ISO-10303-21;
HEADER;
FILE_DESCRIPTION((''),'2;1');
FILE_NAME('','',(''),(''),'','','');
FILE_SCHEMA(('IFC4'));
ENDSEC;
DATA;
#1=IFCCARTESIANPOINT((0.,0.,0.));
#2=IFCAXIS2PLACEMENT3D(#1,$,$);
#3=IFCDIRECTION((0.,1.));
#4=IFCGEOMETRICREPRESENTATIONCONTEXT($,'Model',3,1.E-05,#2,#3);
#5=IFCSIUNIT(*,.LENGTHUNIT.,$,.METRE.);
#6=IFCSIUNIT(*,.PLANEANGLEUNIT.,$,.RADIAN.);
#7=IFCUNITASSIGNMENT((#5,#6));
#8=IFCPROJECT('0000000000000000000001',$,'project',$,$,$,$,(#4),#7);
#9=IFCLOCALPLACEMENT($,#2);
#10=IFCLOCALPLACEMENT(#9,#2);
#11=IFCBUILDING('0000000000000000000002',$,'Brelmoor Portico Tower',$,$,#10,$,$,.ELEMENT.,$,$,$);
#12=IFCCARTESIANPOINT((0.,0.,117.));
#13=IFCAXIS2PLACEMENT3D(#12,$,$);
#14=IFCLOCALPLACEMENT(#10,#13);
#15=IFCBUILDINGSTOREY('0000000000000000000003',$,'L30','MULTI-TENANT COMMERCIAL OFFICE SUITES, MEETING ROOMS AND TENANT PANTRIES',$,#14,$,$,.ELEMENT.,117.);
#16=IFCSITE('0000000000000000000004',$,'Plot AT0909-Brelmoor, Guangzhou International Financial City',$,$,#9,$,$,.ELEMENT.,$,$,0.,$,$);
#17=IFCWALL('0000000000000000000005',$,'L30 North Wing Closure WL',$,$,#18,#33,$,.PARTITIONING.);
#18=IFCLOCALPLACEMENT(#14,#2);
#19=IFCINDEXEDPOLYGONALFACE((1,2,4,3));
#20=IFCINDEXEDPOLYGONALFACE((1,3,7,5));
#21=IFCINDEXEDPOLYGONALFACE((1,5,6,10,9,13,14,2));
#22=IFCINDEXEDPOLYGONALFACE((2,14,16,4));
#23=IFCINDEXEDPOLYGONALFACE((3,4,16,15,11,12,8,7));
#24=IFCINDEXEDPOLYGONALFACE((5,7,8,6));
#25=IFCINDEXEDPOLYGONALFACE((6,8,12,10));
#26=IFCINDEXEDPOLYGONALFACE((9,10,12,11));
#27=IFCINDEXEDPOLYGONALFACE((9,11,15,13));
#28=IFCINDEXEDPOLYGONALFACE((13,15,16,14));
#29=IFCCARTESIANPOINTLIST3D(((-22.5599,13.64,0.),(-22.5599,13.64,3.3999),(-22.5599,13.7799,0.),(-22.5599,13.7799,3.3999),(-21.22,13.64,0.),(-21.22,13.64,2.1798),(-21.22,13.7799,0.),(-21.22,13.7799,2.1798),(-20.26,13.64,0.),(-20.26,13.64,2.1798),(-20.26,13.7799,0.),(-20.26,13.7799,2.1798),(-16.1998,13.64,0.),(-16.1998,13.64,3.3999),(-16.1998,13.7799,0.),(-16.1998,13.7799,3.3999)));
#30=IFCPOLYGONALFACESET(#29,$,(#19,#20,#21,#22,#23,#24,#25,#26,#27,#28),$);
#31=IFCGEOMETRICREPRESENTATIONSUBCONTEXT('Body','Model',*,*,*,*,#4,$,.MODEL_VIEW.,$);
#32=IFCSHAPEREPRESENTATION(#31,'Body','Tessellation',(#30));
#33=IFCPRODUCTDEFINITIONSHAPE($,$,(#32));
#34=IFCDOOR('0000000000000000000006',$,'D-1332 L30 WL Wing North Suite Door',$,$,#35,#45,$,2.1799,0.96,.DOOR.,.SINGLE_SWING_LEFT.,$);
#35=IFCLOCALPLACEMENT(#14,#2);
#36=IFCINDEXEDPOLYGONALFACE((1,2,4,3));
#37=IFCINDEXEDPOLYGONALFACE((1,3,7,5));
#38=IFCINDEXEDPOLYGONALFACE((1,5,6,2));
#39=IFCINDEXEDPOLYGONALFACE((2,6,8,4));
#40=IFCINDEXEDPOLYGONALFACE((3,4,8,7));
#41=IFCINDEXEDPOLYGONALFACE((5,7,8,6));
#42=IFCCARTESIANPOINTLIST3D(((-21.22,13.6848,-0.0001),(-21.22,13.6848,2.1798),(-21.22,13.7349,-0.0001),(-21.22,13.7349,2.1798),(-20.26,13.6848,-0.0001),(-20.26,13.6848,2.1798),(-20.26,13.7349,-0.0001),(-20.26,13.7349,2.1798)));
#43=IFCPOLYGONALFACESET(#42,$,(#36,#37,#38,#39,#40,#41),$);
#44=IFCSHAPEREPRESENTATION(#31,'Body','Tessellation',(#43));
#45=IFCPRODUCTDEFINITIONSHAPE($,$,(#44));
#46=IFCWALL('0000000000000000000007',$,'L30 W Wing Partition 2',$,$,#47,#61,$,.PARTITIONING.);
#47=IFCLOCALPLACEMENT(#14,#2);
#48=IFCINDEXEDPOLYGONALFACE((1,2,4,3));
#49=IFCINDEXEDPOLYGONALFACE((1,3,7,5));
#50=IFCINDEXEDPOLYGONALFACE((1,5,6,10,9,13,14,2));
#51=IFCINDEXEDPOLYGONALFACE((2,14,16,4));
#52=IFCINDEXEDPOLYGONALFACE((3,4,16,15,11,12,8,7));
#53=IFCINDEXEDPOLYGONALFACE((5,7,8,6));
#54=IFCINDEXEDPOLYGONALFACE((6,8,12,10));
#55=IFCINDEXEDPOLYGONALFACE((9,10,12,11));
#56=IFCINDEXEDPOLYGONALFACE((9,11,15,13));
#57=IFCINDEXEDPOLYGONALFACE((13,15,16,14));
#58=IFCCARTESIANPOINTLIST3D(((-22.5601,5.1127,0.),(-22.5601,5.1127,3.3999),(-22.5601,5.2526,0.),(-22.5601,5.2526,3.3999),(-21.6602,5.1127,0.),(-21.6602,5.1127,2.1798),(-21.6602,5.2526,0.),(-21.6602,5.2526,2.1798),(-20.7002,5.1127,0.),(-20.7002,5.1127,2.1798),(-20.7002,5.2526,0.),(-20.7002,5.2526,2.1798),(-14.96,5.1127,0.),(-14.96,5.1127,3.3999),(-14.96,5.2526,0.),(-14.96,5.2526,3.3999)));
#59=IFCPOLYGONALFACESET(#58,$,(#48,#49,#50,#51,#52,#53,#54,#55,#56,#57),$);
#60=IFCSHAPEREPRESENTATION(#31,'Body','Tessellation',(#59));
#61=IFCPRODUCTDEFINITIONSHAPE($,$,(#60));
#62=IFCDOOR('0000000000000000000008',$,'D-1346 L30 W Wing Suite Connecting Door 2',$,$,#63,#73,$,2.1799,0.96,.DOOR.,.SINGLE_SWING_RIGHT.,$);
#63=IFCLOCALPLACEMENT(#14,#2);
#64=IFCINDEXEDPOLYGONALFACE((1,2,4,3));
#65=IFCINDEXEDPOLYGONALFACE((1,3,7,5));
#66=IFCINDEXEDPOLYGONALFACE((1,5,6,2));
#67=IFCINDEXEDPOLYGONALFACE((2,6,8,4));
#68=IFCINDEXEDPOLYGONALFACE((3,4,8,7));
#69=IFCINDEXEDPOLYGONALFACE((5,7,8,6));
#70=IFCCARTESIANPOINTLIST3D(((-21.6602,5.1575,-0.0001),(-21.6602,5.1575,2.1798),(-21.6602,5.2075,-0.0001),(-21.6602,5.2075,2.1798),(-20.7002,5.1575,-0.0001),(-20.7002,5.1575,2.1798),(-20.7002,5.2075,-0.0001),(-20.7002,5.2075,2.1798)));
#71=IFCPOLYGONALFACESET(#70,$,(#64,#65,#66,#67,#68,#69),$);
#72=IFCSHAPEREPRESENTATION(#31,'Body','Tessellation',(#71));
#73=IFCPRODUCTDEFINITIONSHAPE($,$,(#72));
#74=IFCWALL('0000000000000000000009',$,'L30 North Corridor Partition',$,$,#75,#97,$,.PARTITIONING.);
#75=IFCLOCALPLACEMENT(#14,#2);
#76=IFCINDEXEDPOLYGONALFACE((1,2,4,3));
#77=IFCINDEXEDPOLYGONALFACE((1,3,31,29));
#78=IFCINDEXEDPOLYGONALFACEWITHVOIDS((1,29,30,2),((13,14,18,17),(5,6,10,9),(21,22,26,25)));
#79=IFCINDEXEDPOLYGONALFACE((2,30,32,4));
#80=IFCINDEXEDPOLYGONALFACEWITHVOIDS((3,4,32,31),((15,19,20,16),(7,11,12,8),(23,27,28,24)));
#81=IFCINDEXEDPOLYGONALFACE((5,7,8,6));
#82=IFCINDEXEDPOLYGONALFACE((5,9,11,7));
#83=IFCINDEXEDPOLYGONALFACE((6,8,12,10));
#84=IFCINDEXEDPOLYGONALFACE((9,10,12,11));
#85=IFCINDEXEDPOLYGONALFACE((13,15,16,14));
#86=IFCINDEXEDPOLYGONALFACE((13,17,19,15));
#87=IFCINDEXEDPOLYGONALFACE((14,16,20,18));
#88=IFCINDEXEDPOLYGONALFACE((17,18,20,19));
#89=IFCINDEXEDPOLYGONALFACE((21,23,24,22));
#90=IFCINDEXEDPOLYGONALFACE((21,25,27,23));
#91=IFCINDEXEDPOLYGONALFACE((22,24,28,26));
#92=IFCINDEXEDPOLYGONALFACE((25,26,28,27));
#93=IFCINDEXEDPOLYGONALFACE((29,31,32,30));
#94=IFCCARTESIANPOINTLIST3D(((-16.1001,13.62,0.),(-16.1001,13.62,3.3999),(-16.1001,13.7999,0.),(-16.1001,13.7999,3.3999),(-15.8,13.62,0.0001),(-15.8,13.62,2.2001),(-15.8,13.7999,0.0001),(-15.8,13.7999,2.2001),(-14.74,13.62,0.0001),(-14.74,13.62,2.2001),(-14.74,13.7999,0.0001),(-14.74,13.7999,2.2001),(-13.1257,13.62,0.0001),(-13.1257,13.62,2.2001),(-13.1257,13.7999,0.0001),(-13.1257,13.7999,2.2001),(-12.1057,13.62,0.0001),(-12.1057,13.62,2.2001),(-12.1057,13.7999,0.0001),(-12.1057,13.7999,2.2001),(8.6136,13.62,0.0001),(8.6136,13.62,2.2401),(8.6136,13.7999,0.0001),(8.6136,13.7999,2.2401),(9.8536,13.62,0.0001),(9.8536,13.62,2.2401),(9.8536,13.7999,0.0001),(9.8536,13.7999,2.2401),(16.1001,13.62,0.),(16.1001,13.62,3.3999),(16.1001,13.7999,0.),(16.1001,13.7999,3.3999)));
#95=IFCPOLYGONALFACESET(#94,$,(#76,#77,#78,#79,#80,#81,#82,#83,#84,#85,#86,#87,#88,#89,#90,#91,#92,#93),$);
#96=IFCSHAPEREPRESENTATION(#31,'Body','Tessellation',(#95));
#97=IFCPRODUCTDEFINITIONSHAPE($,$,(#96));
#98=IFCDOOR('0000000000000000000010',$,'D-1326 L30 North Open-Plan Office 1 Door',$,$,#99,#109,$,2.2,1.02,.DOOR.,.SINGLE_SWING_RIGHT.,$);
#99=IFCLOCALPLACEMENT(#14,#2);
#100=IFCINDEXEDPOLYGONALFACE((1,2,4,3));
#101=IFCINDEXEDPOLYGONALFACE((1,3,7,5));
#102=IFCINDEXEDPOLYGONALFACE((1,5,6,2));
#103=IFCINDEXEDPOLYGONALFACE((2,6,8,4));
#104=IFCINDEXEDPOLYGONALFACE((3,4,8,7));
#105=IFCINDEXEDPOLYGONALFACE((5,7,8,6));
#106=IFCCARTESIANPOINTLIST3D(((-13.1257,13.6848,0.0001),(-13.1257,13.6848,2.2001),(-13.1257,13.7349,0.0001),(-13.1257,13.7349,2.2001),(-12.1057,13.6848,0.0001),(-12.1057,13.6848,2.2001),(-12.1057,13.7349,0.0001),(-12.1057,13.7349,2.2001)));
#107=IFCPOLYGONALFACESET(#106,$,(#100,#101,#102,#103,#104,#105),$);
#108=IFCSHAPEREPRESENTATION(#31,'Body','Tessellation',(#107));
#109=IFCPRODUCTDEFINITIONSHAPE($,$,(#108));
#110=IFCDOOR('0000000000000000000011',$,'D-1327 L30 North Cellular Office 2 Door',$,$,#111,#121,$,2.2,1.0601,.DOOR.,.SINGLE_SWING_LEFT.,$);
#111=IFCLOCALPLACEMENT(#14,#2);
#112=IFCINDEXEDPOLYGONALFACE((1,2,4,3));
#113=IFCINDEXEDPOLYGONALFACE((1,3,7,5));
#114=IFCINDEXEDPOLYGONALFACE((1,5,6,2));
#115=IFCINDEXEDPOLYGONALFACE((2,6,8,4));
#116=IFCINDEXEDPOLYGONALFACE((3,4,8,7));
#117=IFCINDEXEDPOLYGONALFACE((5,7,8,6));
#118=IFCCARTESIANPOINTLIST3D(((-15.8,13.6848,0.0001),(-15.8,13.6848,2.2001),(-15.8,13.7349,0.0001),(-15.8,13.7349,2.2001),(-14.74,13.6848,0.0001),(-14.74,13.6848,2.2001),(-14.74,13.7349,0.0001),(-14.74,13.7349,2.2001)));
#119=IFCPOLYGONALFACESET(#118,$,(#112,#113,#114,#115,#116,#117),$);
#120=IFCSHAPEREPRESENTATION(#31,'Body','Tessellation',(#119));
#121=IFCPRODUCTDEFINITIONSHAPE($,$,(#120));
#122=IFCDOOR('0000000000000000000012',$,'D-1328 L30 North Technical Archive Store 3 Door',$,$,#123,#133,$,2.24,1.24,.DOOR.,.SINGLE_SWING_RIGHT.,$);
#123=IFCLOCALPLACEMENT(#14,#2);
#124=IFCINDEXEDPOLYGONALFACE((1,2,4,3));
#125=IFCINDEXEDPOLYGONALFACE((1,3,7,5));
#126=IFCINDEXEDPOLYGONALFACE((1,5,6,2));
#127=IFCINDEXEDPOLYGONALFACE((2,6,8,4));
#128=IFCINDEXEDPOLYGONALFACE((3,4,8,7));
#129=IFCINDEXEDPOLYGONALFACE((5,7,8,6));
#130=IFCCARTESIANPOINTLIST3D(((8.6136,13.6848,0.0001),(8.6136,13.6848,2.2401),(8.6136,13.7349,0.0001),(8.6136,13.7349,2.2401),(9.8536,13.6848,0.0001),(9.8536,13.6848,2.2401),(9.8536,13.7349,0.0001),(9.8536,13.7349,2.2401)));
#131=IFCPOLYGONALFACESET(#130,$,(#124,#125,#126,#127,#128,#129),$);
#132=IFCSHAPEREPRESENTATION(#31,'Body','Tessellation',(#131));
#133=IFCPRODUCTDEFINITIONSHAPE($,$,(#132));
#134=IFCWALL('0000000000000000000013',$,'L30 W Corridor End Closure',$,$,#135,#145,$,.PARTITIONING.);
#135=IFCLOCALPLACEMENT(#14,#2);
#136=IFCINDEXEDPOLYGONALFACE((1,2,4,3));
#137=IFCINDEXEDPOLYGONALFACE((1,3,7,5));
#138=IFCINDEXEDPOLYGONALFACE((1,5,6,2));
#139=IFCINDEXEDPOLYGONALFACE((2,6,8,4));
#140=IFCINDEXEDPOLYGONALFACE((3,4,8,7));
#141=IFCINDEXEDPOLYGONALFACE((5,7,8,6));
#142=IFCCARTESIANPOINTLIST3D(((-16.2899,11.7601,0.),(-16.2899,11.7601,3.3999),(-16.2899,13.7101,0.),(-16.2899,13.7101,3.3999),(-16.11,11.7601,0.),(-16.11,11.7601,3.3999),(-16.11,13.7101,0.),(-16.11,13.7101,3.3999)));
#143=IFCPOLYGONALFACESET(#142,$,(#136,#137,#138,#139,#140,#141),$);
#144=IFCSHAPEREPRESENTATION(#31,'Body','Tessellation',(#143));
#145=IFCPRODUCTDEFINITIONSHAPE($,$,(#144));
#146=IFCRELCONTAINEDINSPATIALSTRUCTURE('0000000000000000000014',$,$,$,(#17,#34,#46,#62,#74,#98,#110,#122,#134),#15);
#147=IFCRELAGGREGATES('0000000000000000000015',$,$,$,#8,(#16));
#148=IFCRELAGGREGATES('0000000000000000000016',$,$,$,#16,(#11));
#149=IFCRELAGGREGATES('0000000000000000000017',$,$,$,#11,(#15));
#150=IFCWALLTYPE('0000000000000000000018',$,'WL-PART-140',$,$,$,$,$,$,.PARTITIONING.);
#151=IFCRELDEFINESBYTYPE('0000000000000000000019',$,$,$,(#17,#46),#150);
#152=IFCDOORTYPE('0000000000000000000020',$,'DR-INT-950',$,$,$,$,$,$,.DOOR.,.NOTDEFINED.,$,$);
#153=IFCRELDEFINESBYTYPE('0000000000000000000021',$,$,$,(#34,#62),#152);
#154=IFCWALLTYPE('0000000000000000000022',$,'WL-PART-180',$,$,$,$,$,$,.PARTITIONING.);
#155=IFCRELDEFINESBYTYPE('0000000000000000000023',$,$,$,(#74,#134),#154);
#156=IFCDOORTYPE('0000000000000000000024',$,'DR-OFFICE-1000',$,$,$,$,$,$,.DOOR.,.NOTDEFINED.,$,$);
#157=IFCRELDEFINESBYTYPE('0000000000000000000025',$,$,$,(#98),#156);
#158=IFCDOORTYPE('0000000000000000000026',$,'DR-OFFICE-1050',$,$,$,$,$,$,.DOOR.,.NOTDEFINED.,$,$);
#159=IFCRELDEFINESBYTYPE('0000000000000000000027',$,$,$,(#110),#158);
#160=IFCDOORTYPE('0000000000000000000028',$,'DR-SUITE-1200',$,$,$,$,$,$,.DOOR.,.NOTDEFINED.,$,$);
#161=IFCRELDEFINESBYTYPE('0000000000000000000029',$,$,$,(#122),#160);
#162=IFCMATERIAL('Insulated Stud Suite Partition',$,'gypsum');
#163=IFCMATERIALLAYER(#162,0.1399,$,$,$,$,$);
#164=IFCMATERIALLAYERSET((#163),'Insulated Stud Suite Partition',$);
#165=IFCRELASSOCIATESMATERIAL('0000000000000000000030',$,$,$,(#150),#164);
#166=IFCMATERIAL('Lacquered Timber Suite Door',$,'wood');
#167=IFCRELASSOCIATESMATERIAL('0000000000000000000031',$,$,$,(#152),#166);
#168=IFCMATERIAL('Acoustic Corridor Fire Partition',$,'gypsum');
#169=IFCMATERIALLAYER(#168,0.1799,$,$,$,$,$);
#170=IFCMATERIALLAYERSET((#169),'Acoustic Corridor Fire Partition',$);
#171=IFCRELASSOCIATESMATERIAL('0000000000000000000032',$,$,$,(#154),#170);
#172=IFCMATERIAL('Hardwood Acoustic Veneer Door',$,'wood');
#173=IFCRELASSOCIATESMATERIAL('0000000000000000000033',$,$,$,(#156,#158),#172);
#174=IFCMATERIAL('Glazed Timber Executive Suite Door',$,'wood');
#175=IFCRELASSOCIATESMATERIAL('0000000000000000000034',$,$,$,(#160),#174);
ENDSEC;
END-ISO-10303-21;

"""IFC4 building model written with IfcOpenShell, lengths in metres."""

from ifc_helpers import new_model, si_unit, direction, frame, frame_2d, origin, place, context, subcontext, project, spatial, rectangle, extrude, material, layer, layer_set, type_object, element, fill, save


model = new_model("IFC4")

# Units and contexts
model_context = context("Model", 3, precision=1e-05, world=origin(), true_north=direction((0.0, 1.0)))
body_context = subcontext(model_context, "Body", "Model", "MODEL_VIEW")
ifc_project = project(units=[si_unit("LENGTHUNIT", "METRE"), si_unit("PLANEANGLEUNIT", "RADIAN")], contexts=[model_context])

# Site, building, storey
site_placement = place(None, origin())
site = spatial("IfcSite", under=ifc_project, at=site_placement, Name="Plot AT0909-Brelmoor, Guangzhou International Financial City", CompositionType="ELEMENT", RefElevation=0.0)
building_placement = place(site_placement, origin())
building = spatial("IfcBuilding", under=site, at=building_placement, Name="Brelmoor Portico Tower", CompositionType="ELEMENT")
storey_placement = place(building_placement, frame((0.0, 0.0, 117.0)))
storey = spatial("IfcBuildingStorey", under=building, at=storey_placement, Name="L30", Description="MULTI-TENANT COMMERCIAL OFFICE SUITES, MEETING ROOMS AND TENANT PANTRIES", CompositionType="ELEMENT", Elevation=117.0)

# Walls, openings, doors
ifc_material_1 = material(Name="Insulated Stud Suite Partition", Category="gypsum")
ifc_layer_1 = layer(ifc_material_1, 0.1399)
ifc_layer_set_1 = layer_set([ifc_layer_1], Name="Insulated Stud Suite Partition")
wall_type_1 = type_object("IfcWallType", Name="WL-PART-140", PredefinedType="PARTITIONING", material=ifc_layer_set_1)
wall_1_placement = place(storey_placement, frame((-22.5601, 13.71, 0.0), z_axis=(0.0, 0.0, 1.0), x_axis=(1.0, 0.0, 0.0)))
wall_1 = element("IfcWall", 1, at=wall_1_placement, inside=storey, type_object=wall_type_1, Name="L30 North Wing Closure WL", PredefinedType="PARTITIONING", context=body_context, shape_type="SweptSolid", body=[
    extrude(rectangle(XDim=6.3601, YDim=0.1399, at=frame_2d((3.1802, 0.0))), origin(), (0.0, 0.0, 1.0), 3.3999),
])
opening_1_placement = place(wall_1_placement, frame((1.3401, 0.0, 0.0)))
opening_1 = element("IfcOpeningElement", 2, at=opening_1_placement, cuts=wall_1, PredefinedType="OPENING", context=body_context, shape_type="SweptSolid", body=[
    extrude(rectangle(XDim=0.96, YDim=2.1799, at=frame_2d((0.48, 1.0898))), frame((0.0, 0.0798, 0.0), z_axis=(0.0, -1.0, 0.0), x_axis=(1.0, 0.0, 0.0)), (0.0, 0.0, 1.0), 0.1599),
])
ifc_material_2 = material(Name="Lacquered Timber Suite Door", Category="wood")
door_type_1 = type_object("IfcDoorType", Name="DR-INT-950", OperationType="NOTDEFINED", PredefinedType="DOOR", material=ifc_material_2)
door_1_placement = place(opening_1_placement, origin())
door_1 = element("IfcDoor", 3, at=door_1_placement, inside=storey, type_object=door_type_1, Name="D-1332 L30 WL Wing North Suite Door", OperationType="SINGLE_SWING_LEFT", OverallHeight=2.1799, OverallWidth=0.96, PredefinedType="DOOR", context=body_context, shape_type="SweptSolid", body=[
    extrude(rectangle(XDim=0.96, YDim=2.1799, at=frame_2d((0.48, 1.0898))), frame((0.0, 0.0249, 0.0), z_axis=(0.0, -1.0, 0.0), x_axis=(1.0, 0.0, 0.0)), (0.0, 0.0, 1.0), 0.05),
])
fill(opening_1, door_1)
wall_2_placement = place(storey_placement, frame((-22.5601, 5.1826, 0.0), z_axis=(0.0, 0.0, 1.0), x_axis=(1.0, 0.0, 0.0)))
wall_2 = element("IfcWall", 4, at=wall_2_placement, inside=storey, type_object=wall_type_1, Name="L30 W Wing Partition 2", PredefinedType="PARTITIONING", context=body_context, shape_type="SweptSolid", body=[
    extrude(rectangle(XDim=7.6001, YDim=0.1399, at=frame_2d((3.8, 0.0))), origin(), (0.0, 0.0, 1.0), 3.3999),
])
opening_2_placement = place(wall_2_placement, frame((0.8999, 0.0, 0.0)))
opening_2 = element("IfcOpeningElement", 5, at=opening_2_placement, cuts=wall_2, PredefinedType="OPENING", context=body_context, shape_type="SweptSolid", body=[
    extrude(rectangle(XDim=0.96, YDim=2.1799, at=frame_2d((0.48, 1.0898))), frame((0.0, 0.0798, 0.0), z_axis=(0.0, -1.0, 0.0), x_axis=(1.0, 0.0, 0.0)), (0.0, 0.0, 1.0), 0.1599),
])
door_2_placement = place(opening_2_placement, origin())
door_2 = element("IfcDoor", 6, at=door_2_placement, inside=storey, type_object=door_type_1, Name="D-1346 L30 W Wing Suite Connecting Door 2", OperationType="SINGLE_SWING_RIGHT", OverallHeight=2.1799, OverallWidth=0.96, PredefinedType="DOOR", context=body_context, shape_type="SweptSolid", body=[
    extrude(rectangle(XDim=0.96, YDim=2.1799, at=frame_2d((0.48, 1.0898))), frame((0.0, 0.0249, 0.0), z_axis=(0.0, -1.0, 0.0), x_axis=(1.0, 0.0, 0.0)), (0.0, 0.0, 1.0), 0.05),
])
fill(opening_2, door_2)

# Wall, openings, doors
ifc_material_3 = material(Name="Acoustic Corridor Fire Partition", Category="gypsum")
ifc_layer_2 = layer(ifc_material_3, 0.1799)
ifc_layer_set_2 = layer_set([ifc_layer_2], Name="Acoustic Corridor Fire Partition")
wall_type_2 = type_object("IfcWallType", Name="WL-PART-180", PredefinedType="PARTITIONING", material=ifc_layer_set_2)
wall_3_placement = place(storey_placement, frame((-16.1001, 13.71, 0.0), z_axis=(0.0, 0.0, 1.0), x_axis=(1.0, 0.0, 0.0)))
wall_3 = element("IfcWall", 7, at=wall_3_placement, inside=storey, type_object=wall_type_2, Name="L30 North Corridor Partition", PredefinedType="PARTITIONING", context=body_context, shape_type="SweptSolid", body=[
    extrude(rectangle(XDim=32.2002, YDim=0.1799, at=frame_2d((16.1001, 0.0))), origin(), (0.0, 0.0, 1.0), 3.3999),
])
opening_3_placement = place(wall_3_placement, frame((2.9744, 0.0, 0.0)))
opening_3 = element("IfcOpeningElement", 8, at=opening_3_placement, cuts=wall_3, PredefinedType="OPENING", context=body_context, shape_type="SweptSolid", body=[
    extrude(rectangle(XDim=1.02, YDim=2.2, at=frame_2d((0.51, 1.1001))), frame((0.0, 0.0999, 0.0), z_axis=(0.0, -1.0, 0.0), x_axis=(1.0, 0.0, 0.0)), (0.0, 0.0, 1.0), 0.2),
])
opening_4_placement = place(wall_3_placement, frame((0.3, 0.0, 0.0)))
opening_4 = element("IfcOpeningElement", 9, at=opening_4_placement, cuts=wall_3, PredefinedType="OPENING", context=body_context, shape_type="SweptSolid", body=[
    extrude(rectangle(XDim=1.0601, YDim=2.2, at=frame_2d((0.53, 1.1001))), frame((0.0, 0.0999, 0.0), z_axis=(0.0, -1.0, 0.0), x_axis=(1.0, 0.0, 0.0)), (0.0, 0.0, 1.0), 0.2),
])
opening_5_placement = place(wall_3_placement, frame((24.7136, 0.0, 0.0)))
opening_5 = element("IfcOpeningElement", 10, at=opening_5_placement, cuts=wall_3, PredefinedType="OPENING", context=body_context, shape_type="SweptSolid", body=[
    extrude(rectangle(XDim=1.24, YDim=2.24, at=frame_2d((0.6201, 1.1201))), frame((0.0, 0.0999, 0.0), z_axis=(0.0, -1.0, 0.0), x_axis=(1.0, 0.0, 0.0)), (0.0, 0.0, 1.0), 0.2),
])
ifc_material_4 = material(Name="Hardwood Acoustic Veneer Door", Category="wood")
door_type_2 = type_object("IfcDoorType", Name="DR-OFFICE-1000", OperationType="NOTDEFINED", PredefinedType="DOOR", material=ifc_material_4)
door_3_placement = place(opening_3_placement, origin())
door_3 = element("IfcDoor", 11, at=door_3_placement, inside=storey, type_object=door_type_2, Name="D-1326 L30 North Open-Plan Office 1 Door", OperationType="SINGLE_SWING_RIGHT", OverallHeight=2.2, OverallWidth=1.02, PredefinedType="DOOR", context=body_context, shape_type="SweptSolid", body=[
    extrude(rectangle(XDim=1.02, YDim=2.2, at=frame_2d((0.51, 1.1001))), frame((0.0, 0.0249, 0.0), z_axis=(0.0, -1.0, 0.0), x_axis=(1.0, 0.0, 0.0)), (0.0, 0.0, 1.0), 0.05),
])
fill(opening_3, door_3)
door_type_3 = type_object("IfcDoorType", Name="DR-OFFICE-1050", OperationType="NOTDEFINED", PredefinedType="DOOR", material=ifc_material_4)
door_4_placement = place(opening_4_placement, origin())
door_4 = element("IfcDoor", 12, at=door_4_placement, inside=storey, type_object=door_type_3, Name="D-1327 L30 North Cellular Office 2 Door", OperationType="SINGLE_SWING_LEFT", OverallHeight=2.2, OverallWidth=1.0601, PredefinedType="DOOR", context=body_context, shape_type="SweptSolid", body=[
    extrude(rectangle(XDim=1.0601, YDim=2.2, at=frame_2d((0.53, 1.1001))), frame((0.0, 0.0249, 0.0), z_axis=(0.0, -1.0, 0.0), x_axis=(1.0, 0.0, 0.0)), (0.0, 0.0, 1.0), 0.05),
])
fill(opening_4, door_4)
ifc_material_5 = material(Name="Glazed Timber Executive Suite Door", Category="wood")
door_type_4 = type_object("IfcDoorType", Name="DR-SUITE-1200", OperationType="NOTDEFINED", PredefinedType="DOOR", material=ifc_material_5)
door_5_placement = place(opening_5_placement, origin())
door_5 = element("IfcDoor", 13, at=door_5_placement, inside=storey, type_object=door_type_4, Name="D-1328 L30 North Technical Archive Store 3 Door", OperationType="SINGLE_SWING_RIGHT", OverallHeight=2.24, OverallWidth=1.24, PredefinedType="DOOR", context=body_context, shape_type="SweptSolid", body=[
    extrude(rectangle(XDim=1.24, YDim=2.24, at=frame_2d((0.6201, 1.1201))), frame((0.0, 0.0249, 0.0), z_axis=(0.0, -1.0, 0.0), x_axis=(1.0, 0.0, 0.0)), (0.0, 0.0, 1.0), 0.05),
])
fill(opening_5, door_5)

# Wall
wall_4_placement = place(storey_placement, frame((-16.2, 11.76, 0.0), z_axis=(0.0, 0.0, 1.0), x_axis=(0.0, 1.0, 0.0)))
element("IfcWall", 14, at=wall_4_placement, inside=storey, type_object=wall_type_2, Name="L30 W Corridor End Closure", PredefinedType="PARTITIONING", context=body_context, shape_type="SweptSolid", body=[
    extrude(rectangle(XDim=1.95, YDim=0.1799, at=frame_2d((0.9751, 0.0))), origin(), (0.0, 0.0, 1.0), 3.3999),
])

save(model, "model.ifc")
